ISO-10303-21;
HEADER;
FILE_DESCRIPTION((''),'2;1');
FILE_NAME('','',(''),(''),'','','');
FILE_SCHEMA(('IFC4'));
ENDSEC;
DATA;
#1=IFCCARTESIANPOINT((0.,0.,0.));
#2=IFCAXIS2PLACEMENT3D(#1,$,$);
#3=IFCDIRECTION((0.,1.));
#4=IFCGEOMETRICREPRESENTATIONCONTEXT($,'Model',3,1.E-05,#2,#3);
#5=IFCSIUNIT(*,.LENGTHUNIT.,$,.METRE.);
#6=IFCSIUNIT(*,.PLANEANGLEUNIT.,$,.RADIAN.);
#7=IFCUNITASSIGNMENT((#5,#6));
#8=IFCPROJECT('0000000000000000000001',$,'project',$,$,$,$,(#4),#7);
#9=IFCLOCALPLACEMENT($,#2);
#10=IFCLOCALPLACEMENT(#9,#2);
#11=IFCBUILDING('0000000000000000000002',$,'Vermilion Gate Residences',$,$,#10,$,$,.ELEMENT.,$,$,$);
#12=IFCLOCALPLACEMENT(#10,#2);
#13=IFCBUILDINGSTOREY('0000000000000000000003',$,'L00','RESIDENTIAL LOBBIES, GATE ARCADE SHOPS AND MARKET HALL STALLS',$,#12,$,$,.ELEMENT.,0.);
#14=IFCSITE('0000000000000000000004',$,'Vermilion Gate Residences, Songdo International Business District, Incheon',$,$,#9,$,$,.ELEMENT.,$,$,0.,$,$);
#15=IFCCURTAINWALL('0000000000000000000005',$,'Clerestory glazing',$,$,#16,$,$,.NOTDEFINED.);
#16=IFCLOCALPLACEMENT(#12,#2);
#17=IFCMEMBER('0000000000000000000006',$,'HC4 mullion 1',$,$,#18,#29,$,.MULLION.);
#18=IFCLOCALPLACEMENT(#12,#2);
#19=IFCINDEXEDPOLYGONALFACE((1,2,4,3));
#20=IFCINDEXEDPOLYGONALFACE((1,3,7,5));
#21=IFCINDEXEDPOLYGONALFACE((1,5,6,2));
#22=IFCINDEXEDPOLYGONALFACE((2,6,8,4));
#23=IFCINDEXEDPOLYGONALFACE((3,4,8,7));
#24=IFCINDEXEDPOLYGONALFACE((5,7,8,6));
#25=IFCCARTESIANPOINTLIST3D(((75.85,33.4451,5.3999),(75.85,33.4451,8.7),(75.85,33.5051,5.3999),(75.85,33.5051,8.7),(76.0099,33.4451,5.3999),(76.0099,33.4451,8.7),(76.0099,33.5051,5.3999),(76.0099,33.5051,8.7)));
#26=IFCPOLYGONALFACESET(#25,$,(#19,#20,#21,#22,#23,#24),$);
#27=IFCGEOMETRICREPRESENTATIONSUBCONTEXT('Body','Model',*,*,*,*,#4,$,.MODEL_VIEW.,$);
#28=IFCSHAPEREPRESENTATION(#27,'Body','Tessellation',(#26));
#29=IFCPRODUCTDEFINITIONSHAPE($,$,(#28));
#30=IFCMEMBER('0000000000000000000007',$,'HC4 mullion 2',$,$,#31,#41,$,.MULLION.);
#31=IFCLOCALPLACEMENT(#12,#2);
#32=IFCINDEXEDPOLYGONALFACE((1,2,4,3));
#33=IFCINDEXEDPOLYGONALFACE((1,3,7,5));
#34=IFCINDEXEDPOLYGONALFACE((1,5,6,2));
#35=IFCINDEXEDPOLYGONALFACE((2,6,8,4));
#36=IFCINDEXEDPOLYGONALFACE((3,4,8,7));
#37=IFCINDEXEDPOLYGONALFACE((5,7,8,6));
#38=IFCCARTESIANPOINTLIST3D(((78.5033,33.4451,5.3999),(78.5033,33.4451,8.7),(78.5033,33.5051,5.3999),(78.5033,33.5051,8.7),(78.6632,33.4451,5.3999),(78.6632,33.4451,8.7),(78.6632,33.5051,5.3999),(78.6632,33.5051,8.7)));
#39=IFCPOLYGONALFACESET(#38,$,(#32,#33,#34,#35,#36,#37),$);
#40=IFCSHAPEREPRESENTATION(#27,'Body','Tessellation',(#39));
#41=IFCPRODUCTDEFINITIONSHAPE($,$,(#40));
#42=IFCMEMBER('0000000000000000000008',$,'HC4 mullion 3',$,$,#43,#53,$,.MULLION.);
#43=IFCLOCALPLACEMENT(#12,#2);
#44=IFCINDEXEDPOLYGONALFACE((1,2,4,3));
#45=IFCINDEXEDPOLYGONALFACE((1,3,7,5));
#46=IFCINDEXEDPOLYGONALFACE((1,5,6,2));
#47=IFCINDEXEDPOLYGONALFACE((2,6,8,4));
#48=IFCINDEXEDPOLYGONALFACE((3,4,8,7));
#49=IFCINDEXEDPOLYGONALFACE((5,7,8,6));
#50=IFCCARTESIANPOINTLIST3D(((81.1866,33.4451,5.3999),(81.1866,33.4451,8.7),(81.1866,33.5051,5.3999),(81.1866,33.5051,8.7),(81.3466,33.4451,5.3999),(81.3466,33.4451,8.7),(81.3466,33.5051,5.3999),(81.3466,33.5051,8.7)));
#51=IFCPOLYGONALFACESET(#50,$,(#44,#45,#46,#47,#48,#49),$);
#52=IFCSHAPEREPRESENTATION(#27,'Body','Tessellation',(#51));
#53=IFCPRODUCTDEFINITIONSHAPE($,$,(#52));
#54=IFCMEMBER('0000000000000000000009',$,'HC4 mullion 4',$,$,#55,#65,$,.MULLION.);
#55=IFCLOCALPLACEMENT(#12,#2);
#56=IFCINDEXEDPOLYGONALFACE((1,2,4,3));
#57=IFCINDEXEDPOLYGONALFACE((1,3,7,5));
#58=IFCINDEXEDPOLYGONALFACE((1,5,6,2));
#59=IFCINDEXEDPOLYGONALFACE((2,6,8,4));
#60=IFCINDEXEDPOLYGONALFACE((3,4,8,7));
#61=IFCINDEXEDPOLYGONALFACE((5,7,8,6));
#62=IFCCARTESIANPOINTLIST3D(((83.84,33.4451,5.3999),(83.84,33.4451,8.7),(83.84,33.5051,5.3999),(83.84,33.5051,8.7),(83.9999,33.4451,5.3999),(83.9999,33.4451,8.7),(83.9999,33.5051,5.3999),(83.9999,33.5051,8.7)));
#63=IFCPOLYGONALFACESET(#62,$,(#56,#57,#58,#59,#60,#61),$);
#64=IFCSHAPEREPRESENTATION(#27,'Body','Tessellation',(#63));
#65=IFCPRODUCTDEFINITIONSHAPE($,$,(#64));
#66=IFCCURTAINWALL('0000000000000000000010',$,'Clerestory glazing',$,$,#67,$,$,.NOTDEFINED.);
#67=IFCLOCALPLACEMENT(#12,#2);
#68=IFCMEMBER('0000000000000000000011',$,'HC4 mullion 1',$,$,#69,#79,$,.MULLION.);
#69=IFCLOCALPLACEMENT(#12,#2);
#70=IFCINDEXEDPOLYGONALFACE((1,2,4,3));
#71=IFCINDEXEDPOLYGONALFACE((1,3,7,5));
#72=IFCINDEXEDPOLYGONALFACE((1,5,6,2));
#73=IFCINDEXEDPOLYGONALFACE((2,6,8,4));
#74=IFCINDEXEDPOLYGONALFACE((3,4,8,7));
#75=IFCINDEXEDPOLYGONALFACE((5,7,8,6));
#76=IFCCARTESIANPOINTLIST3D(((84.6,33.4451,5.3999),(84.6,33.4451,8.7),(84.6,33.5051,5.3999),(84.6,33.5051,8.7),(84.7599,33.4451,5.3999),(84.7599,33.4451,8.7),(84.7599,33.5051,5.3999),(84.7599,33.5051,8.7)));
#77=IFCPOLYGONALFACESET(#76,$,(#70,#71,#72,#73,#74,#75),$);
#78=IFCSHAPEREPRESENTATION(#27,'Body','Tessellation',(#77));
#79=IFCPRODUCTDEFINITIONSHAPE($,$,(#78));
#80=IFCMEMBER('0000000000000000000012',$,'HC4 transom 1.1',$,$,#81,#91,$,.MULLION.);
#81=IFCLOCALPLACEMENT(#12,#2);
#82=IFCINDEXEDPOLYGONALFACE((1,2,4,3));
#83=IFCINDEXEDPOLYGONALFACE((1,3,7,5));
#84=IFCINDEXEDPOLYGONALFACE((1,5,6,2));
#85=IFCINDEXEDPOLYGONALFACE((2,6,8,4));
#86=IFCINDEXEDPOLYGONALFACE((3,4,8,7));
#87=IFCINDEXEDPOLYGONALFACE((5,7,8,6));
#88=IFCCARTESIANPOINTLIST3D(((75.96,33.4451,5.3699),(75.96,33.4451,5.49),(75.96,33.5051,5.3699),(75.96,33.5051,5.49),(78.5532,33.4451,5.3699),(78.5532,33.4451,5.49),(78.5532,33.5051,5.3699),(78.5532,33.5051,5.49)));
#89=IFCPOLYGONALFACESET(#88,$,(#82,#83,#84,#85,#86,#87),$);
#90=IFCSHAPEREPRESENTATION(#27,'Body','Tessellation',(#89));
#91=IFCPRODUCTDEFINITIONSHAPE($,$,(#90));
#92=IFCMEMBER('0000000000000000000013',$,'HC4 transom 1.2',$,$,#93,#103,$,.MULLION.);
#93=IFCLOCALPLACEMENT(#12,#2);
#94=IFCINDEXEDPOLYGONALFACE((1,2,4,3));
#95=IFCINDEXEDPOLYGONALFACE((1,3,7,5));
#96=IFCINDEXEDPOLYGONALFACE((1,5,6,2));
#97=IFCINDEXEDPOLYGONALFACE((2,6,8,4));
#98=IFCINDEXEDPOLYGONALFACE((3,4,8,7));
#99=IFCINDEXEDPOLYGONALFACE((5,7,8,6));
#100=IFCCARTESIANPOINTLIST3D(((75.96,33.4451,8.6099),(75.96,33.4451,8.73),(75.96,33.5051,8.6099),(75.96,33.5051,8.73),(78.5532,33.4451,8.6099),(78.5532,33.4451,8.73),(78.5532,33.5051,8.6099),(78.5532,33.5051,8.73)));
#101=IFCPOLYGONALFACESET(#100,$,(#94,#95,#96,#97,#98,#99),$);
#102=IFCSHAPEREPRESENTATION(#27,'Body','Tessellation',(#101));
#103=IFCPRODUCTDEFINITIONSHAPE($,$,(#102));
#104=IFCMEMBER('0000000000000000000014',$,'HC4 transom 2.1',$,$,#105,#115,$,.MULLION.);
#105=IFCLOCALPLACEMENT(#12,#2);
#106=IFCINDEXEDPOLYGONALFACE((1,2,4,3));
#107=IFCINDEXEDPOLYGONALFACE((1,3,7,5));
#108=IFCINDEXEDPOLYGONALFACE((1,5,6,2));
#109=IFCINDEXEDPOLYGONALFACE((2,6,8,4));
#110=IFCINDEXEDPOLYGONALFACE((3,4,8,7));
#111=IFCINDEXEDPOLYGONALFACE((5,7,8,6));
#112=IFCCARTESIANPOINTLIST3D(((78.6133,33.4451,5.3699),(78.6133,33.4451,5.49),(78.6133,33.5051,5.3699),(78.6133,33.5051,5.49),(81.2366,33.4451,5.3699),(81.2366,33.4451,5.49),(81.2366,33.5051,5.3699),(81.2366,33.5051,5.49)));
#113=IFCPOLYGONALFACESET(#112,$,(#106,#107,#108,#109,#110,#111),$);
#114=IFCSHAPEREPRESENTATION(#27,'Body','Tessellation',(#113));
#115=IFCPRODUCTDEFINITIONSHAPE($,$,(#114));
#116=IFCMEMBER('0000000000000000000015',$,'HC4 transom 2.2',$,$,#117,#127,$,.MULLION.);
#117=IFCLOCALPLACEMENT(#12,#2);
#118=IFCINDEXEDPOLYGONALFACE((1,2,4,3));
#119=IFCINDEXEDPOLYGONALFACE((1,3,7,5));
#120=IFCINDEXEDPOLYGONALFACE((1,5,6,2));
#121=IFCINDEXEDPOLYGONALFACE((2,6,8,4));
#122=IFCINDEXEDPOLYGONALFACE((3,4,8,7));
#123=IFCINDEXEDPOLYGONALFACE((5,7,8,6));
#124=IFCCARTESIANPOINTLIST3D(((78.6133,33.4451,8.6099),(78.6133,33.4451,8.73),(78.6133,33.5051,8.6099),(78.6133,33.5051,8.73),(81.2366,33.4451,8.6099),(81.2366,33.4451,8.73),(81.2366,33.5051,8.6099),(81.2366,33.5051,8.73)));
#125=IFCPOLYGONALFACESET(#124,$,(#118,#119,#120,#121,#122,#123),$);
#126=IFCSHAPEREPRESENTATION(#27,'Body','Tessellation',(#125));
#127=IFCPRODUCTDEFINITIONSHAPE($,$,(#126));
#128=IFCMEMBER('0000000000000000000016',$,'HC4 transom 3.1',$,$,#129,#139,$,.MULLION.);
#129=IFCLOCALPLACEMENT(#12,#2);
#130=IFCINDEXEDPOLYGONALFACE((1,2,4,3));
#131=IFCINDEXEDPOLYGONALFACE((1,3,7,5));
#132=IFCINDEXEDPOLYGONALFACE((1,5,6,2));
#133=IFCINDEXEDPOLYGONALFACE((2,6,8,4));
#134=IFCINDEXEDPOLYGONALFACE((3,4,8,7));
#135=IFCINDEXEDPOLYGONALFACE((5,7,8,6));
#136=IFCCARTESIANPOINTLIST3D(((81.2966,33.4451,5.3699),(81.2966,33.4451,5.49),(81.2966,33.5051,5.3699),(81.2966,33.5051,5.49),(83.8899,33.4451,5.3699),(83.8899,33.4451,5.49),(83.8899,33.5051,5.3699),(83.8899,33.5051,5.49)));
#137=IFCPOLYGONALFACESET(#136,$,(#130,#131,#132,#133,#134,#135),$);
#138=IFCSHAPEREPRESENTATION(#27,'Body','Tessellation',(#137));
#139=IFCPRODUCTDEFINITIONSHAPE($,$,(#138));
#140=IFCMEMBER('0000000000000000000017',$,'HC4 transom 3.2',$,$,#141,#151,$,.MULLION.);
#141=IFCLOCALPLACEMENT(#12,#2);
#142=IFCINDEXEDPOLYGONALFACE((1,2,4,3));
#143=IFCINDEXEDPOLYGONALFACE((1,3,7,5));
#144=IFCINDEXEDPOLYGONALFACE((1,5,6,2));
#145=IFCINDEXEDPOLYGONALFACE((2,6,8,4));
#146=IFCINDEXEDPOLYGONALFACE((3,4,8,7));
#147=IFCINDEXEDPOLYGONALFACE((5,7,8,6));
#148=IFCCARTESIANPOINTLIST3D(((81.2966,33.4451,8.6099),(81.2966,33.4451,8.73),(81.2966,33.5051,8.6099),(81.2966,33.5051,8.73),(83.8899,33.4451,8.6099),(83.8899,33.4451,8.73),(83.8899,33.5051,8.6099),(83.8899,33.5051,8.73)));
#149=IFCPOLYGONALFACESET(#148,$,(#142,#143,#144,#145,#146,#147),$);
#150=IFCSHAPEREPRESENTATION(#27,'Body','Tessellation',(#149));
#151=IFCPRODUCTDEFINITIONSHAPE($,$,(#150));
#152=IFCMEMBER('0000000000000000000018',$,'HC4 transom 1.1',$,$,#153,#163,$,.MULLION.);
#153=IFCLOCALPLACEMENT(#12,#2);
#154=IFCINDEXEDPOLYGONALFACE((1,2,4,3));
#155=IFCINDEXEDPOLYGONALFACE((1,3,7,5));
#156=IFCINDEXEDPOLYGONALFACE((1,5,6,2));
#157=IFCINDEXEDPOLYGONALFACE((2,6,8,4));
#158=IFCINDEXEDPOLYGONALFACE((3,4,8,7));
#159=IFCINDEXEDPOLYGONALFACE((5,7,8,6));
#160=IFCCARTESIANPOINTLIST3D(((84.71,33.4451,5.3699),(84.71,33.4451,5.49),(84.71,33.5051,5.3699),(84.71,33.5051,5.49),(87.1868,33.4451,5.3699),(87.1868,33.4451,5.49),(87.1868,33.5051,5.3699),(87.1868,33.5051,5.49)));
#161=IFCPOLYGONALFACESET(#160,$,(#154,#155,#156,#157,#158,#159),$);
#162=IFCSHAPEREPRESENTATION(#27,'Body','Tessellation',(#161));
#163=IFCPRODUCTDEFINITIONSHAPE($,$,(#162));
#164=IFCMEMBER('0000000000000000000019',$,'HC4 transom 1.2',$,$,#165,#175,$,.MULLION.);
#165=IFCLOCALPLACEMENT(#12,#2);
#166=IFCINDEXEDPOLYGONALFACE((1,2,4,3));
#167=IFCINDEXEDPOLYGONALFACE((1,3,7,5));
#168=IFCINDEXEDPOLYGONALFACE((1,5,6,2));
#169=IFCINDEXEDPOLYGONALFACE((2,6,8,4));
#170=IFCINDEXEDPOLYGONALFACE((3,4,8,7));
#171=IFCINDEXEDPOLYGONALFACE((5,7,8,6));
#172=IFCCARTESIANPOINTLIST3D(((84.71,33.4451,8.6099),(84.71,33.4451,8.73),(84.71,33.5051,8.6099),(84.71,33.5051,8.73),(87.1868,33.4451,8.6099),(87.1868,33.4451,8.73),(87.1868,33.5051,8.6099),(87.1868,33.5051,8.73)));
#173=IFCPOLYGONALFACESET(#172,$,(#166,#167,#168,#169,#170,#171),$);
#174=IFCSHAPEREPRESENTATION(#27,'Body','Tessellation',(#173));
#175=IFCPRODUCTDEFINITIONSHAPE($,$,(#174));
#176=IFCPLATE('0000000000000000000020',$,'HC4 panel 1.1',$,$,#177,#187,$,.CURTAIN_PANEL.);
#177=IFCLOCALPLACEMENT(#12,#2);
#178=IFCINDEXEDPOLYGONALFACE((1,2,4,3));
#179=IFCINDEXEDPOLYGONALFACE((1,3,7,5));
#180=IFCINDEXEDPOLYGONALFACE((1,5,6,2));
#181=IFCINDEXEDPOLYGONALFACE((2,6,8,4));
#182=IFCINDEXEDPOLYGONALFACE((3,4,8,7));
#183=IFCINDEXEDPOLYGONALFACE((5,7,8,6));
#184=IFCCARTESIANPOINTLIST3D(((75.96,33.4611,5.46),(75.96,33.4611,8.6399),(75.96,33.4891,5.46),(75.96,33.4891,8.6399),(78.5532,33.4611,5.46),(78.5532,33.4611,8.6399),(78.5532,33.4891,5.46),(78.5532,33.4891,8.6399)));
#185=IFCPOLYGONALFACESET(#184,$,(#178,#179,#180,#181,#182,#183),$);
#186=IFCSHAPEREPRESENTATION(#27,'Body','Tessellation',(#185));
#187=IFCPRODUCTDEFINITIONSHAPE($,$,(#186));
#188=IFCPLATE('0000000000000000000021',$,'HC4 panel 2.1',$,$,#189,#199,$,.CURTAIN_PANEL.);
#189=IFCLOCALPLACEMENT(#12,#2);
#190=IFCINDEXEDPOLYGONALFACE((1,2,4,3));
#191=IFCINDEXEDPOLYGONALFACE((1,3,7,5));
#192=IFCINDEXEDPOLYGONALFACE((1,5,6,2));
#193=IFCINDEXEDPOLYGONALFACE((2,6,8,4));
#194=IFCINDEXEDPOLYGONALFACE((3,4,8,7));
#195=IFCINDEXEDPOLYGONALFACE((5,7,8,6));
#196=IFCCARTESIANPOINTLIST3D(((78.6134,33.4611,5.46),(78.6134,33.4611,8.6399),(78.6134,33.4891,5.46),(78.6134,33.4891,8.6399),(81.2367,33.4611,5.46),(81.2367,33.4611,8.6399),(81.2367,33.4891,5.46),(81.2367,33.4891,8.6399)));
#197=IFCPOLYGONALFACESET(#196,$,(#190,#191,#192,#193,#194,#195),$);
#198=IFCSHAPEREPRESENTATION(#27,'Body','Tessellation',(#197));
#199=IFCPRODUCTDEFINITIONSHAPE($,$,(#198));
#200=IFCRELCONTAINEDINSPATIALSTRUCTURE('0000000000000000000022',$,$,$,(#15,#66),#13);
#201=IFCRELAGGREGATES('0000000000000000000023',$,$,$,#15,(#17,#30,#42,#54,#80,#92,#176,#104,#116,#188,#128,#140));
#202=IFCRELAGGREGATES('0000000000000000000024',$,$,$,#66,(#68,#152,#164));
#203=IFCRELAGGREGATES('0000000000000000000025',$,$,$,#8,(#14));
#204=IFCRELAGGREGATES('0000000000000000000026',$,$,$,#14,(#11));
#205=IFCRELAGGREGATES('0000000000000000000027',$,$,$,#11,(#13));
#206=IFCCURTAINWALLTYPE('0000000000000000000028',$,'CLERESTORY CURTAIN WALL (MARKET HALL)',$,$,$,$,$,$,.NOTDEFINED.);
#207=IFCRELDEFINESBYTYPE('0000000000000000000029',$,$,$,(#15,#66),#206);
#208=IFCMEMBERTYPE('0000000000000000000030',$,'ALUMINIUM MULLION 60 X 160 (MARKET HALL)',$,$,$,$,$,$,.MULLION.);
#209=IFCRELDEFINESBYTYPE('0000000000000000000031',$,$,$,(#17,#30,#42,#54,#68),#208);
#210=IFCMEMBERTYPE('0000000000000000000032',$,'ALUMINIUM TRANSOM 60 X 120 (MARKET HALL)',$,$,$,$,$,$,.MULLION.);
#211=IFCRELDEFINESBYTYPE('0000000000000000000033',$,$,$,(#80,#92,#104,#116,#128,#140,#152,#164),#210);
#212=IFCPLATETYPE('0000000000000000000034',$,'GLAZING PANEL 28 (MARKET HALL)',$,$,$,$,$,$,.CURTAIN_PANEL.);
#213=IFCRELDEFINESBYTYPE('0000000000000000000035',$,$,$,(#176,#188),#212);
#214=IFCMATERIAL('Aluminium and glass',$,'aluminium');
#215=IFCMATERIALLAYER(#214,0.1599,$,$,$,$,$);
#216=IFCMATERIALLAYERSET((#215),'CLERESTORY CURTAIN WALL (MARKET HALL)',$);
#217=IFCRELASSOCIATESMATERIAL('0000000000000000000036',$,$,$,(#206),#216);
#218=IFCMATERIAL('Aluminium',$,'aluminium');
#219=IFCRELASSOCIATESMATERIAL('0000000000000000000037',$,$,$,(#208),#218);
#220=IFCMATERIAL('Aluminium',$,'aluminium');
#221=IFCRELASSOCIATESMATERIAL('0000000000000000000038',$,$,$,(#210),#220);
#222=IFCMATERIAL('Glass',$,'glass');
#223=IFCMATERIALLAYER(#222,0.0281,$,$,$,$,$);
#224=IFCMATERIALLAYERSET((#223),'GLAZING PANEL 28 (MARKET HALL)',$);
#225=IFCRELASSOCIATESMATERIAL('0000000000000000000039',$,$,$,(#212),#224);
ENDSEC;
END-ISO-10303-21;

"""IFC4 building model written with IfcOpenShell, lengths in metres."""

from ifc_helpers import new_model, si_unit, direction, frame, origin, origin_2d, place, context, subcontext, project, spatial, rectangle, extrude, material, layer, layer_set, material_profile, profile_set, type_object, element, aggregate, save


model = new_model("IFC4")

# Units and contexts
model_context = context("Model", 3, precision=1e-05, world=origin(), true_north=direction((0.0, 1.0)))
body_context = subcontext(model_context, "Body", "Model", "MODEL_VIEW")
ifc_project = project(units=[si_unit("LENGTHUNIT", "METRE"), si_unit("PLANEANGLEUNIT", "RADIAN")], contexts=[model_context])

# Site, building, storey
site_placement = place(None, origin())
site = spatial("IfcSite", under=ifc_project, at=site_placement, Name="Vermilion Gate Residences, Songdo International Business District, Incheon", CompositionType="ELEMENT", RefElevation=0.0)
building_placement = place(site_placement, origin())
building = spatial("IfcBuilding", under=site, at=building_placement, Name="Vermilion Gate Residences", CompositionType="ELEMENT")
storey_placement = place(building_placement, origin())
storey = spatial("IfcBuildingStorey", under=building, at=storey_placement, Name="L00", Description="RESIDENTIAL LOBBIES, GATE ARCADE SHOPS AND MARKET HALL STALLS", CompositionType="ELEMENT", Elevation=0.0)

# Curtain wall, members
ifc_material_1 = material(Name="Aluminium and glass", Category="aluminium")
ifc_layer_1 = layer(ifc_material_1, 0.1599)
ifc_layer_set_1 = layer_set([ifc_layer_1], Name="CLERESTORY CURTAIN WALL (MARKET HALL)")
curtain_wall_type = type_object("IfcCurtainWallType", Name="CLERESTORY CURTAIN WALL (MARKET HALL)", PredefinedType="NOTDEFINED", material=ifc_layer_set_1)
curtain_wall_1_placement = place(storey_placement, origin())
curtain_wall_1 = element("IfcCurtainWall", 1, at=curtain_wall_1_placement, inside=storey, type_object=curtain_wall_type, Name="Clerestory glazing", PredefinedType="NOTDEFINED")
ifc_material_2 = material(Name="Aluminium", Category="aluminium")
ifc_material_profile_1 = material_profile(ifc_material_2, rectangle(XDim=0.0601, YDim=0.1599, at=origin_2d()), Name="ALUMINIUM MULLION 60 X 160 (MARKET HALL)")
ifc_profile_set_1 = profile_set([ifc_material_profile_1], Name="Aluminium")
member_type_1 = type_object("IfcMemberType", Name="ALUMINIUM MULLION 60 X 160 (MARKET HALL)", PredefinedType="MULLION", material=ifc_profile_set_1)
member_1_placement = place(storey_placement, frame((75.9299, 33.4751, 5.3999), z_axis=(0.0, 0.0, 1.0), x_axis=(0.0, 1.0, 0.0)))
member_1 = element("IfcMember", 2, at=member_1_placement, type_object=member_type_1, Name="HC4 mullion 1", PredefinedType="MULLION", context=body_context, shape_type="SweptSolid", body=[
    extrude(rectangle(XDim=0.0601, YDim=0.1599, at=origin_2d()), origin(), (0.0, 0.0, 1.0), 3.3),
])
member_2_placement = place(storey_placement, frame((78.5833, 33.4751, 5.3999), z_axis=(0.0, 0.0, 1.0), x_axis=(0.0, 1.0, 0.0)))
member_2 = element("IfcMember", 3, at=member_2_placement, type_object=member_type_1, Name="HC4 mullion 2", PredefinedType="MULLION", context=body_context, shape_type="SweptSolid", body=[
    extrude(rectangle(XDim=0.0601, YDim=0.1599, at=origin_2d()), origin(), (0.0, 0.0, 1.0), 3.3),
])
member_3_placement = place(storey_placement, frame((81.2666, 33.4751, 5.3999), z_axis=(0.0, 0.0, 1.0), x_axis=(0.0, 1.0, 0.0)))
member_3 = element("IfcMember", 4, at=member_3_placement, type_object=member_type_1, Name="HC4 mullion 3", PredefinedType="MULLION", context=body_context, shape_type="SweptSolid", body=[
    extrude(rectangle(XDim=0.0601, YDim=0.1599, at=origin_2d()), origin(), (0.0, 0.0, 1.0), 3.3),
])
member_4_placement = place(storey_placement, frame((83.9199, 33.4751, 5.3999), z_axis=(0.0, 0.0, 1.0), x_axis=(0.0, 1.0, 0.0)))
member_4 = element("IfcMember", 5, at=member_4_placement, type_object=member_type_1, Name="HC4 mullion 4", PredefinedType="MULLION", context=body_context, shape_type="SweptSolid", body=[
    extrude(rectangle(XDim=0.0601, YDim=0.1599, at=origin_2d()), origin(), (0.0, 0.0, 1.0), 3.3),
])

# Curtain wall, member
curtain_wall_2_placement = place(storey_placement, origin())
curtain_wall_2 = element("IfcCurtainWall", 6, at=curtain_wall_2_placement, inside=storey, type_object=curtain_wall_type, Name="Clerestory glazing", PredefinedType="NOTDEFINED")
member_5_placement = place(storey_placement, frame((84.6799, 33.4751, 5.3999), z_axis=(0.0, 0.0, 1.0), x_axis=(0.0, 1.0, 0.0)))
member_5 = element("IfcMember", 7, at=member_5_placement, type_object=member_type_1, Name="HC4 mullion 1", PredefinedType="MULLION", context=body_context, shape_type="SweptSolid", body=[
    extrude(rectangle(XDim=0.0601, YDim=0.1599, at=origin_2d()), origin(), (0.0, 0.0, 1.0), 3.3),
])

# Members
ifc_material_3 = material(Name="Aluminium", Category="aluminium")
ifc_material_profile_2 = material_profile(ifc_material_3, rectangle(XDim=0.0601, YDim=0.1201, at=origin_2d()), Name="ALUMINIUM TRANSOM 60 X 120 (MARKET HALL)")
ifc_profile_set_2 = profile_set([ifc_material_profile_2], Name="Aluminium")
member_type_2 = type_object("IfcMemberType", Name="ALUMINIUM TRANSOM 60 X 120 (MARKET HALL)", PredefinedType="MULLION", material=ifc_profile_set_2)
member_6_placement = place(storey_placement, frame((75.96, 33.4751, 5.4299), z_axis=(1.0, 0.0, 0.0), x_axis=(0.0, 1.0, 0.0)))
member_6 = element("IfcMember", 8, at=member_6_placement, type_object=member_type_2, Name="HC4 transom 1.1", PredefinedType="MULLION", context=body_context, shape_type="SweptSolid", body=[
    extrude(rectangle(XDim=0.0601, YDim=0.1201, at=origin_2d()), origin(), (0.0, 0.0, 1.0), 2.5933),
])
member_7_placement = place(storey_placement, frame((75.96, 33.4751, 8.6699), z_axis=(1.0, 0.0, 0.0), x_axis=(0.0, 1.0, 0.0)))
member_7 = element("IfcMember", 9, at=member_7_placement, type_object=member_type_2, Name="HC4 transom 1.2", PredefinedType="MULLION", context=body_context, shape_type="SweptSolid", body=[
    extrude(rectangle(XDim=0.0601, YDim=0.1201, at=origin_2d()), origin(), (0.0, 0.0, 1.0), 2.5933),
])
member_8_placement = place(storey_placement, frame((78.6133, 33.4751, 5.4299), z_axis=(1.0, 0.0, 0.0), x_axis=(0.0, 1.0, 0.0)))
member_8 = element("IfcMember", 10, at=member_8_placement, type_object=member_type_2, Name="HC4 transom 2.1", PredefinedType="MULLION", context=body_context, shape_type="SweptSolid", body=[
    extrude(rectangle(XDim=0.0601, YDim=0.1201, at=origin_2d()), origin(), (0.0, 0.0, 1.0), 2.6233),
])
member_9_placement = place(storey_placement, frame((78.6133, 33.4751, 8.6699), z_axis=(1.0, 0.0, 0.0), x_axis=(0.0, 1.0, 0.0)))
member_9 = element("IfcMember", 11, at=member_9_placement, type_object=member_type_2, Name="HC4 transom 2.2", PredefinedType="MULLION", context=body_context, shape_type="SweptSolid", body=[
    extrude(rectangle(XDim=0.0601, YDim=0.1201, at=origin_2d()), origin(), (0.0, 0.0, 1.0), 2.6233),
])
member_10_placement = place(storey_placement, frame((81.2966, 33.4751, 5.4299), z_axis=(1.0, 0.0, 0.0), x_axis=(0.0, 1.0, 0.0)))
member_10 = element("IfcMember", 12, at=member_10_placement, type_object=member_type_2, Name="HC4 transom 3.1", PredefinedType="MULLION", context=body_context, shape_type="SweptSolid", body=[
    extrude(rectangle(XDim=0.0601, YDim=0.1201, at=origin_2d()), origin(), (0.0, 0.0, 1.0), 2.5933),
])
member_11_placement = place(storey_placement, frame((81.2966, 33.4751, 8.6699), z_axis=(1.0, 0.0, 0.0), x_axis=(0.0, 1.0, 0.0)))
member_11 = element("IfcMember", 13, at=member_11_placement, type_object=member_type_2, Name="HC4 transom 3.2", PredefinedType="MULLION", context=body_context, shape_type="SweptSolid", body=[
    extrude(rectangle(XDim=0.0601, YDim=0.1201, at=origin_2d()), origin(), (0.0, 0.0, 1.0), 2.5933),
])
member_12_placement = place(storey_placement, frame((84.71, 33.4751, 5.4299), z_axis=(1.0, 0.0, 0.0), x_axis=(0.0, 1.0, 0.0)))
member_12 = element("IfcMember", 14, at=member_12_placement, type_object=member_type_2, Name="HC4 transom 1.1", PredefinedType="MULLION", context=body_context, shape_type="SweptSolid", body=[
    extrude(rectangle(XDim=0.0601, YDim=0.1201, at=origin_2d()), origin(), (0.0, 0.0, 1.0), 2.4768),
])
member_13_placement = place(storey_placement, frame((84.71, 33.4751, 8.6699), z_axis=(1.0, 0.0, 0.0), x_axis=(0.0, 1.0, 0.0)))
member_13 = element("IfcMember", 15, at=member_13_placement, type_object=member_type_2, Name="HC4 transom 1.2", PredefinedType="MULLION", context=body_context, shape_type="SweptSolid", body=[
    extrude(rectangle(XDim=0.0601, YDim=0.1201, at=origin_2d()), origin(), (0.0, 0.0, 1.0), 2.4768),
])

# Plates
ifc_material_4 = material(Name="Glass", Category="glass")
ifc_layer_2 = layer(ifc_material_4, 0.0281)
ifc_layer_set_2 = layer_set([ifc_layer_2], Name="GLAZING PANEL 28 (MARKET HALL)")
plate_type = type_object("IfcPlateType", Name="GLAZING PANEL 28 (MARKET HALL)", PredefinedType="CURTAIN_PANEL", material=ifc_layer_set_2)
plate_1_placement = place(storey_placement, frame((77.2566, 33.4751, 5.46), z_axis=(0.0, 0.0, 1.0), x_axis=(1.0, 0.0, 0.0)))
plate_1 = element("IfcPlate", 16, at=plate_1_placement, type_object=plate_type, Name="HC4 panel 1.1", PredefinedType="CURTAIN_PANEL", context=body_context, shape_type="SweptSolid", body=[
    extrude(rectangle(XDim=2.5933, YDim=0.0281, at=origin_2d()), origin(), (0.0, 0.0, 1.0), 3.1799),
])
plate_2_placement = place(storey_placement, frame((79.925, 33.4751, 5.46), z_axis=(0.0, 0.0, 1.0), x_axis=(1.0, 0.0, 0.0)))
plate_2 = element("IfcPlate", 17, at=plate_2_placement, type_object=plate_type, Name="HC4 panel 2.1", PredefinedType="CURTAIN_PANEL", context=body_context, shape_type="SweptSolid", body=[
    extrude(rectangle(XDim=2.6233, YDim=0.0281, at=origin_2d()), origin(), (0.0, 0.0, 1.0), 3.1799),
])
aggregate(curtain_wall_1, [member_1, member_2, member_3, member_4, member_6, member_7, plate_1, member_8, member_9, plate_2, member_10, member_11])
aggregate(curtain_wall_2, [member_5, member_12, member_13])

save(model, "model.ifc")
